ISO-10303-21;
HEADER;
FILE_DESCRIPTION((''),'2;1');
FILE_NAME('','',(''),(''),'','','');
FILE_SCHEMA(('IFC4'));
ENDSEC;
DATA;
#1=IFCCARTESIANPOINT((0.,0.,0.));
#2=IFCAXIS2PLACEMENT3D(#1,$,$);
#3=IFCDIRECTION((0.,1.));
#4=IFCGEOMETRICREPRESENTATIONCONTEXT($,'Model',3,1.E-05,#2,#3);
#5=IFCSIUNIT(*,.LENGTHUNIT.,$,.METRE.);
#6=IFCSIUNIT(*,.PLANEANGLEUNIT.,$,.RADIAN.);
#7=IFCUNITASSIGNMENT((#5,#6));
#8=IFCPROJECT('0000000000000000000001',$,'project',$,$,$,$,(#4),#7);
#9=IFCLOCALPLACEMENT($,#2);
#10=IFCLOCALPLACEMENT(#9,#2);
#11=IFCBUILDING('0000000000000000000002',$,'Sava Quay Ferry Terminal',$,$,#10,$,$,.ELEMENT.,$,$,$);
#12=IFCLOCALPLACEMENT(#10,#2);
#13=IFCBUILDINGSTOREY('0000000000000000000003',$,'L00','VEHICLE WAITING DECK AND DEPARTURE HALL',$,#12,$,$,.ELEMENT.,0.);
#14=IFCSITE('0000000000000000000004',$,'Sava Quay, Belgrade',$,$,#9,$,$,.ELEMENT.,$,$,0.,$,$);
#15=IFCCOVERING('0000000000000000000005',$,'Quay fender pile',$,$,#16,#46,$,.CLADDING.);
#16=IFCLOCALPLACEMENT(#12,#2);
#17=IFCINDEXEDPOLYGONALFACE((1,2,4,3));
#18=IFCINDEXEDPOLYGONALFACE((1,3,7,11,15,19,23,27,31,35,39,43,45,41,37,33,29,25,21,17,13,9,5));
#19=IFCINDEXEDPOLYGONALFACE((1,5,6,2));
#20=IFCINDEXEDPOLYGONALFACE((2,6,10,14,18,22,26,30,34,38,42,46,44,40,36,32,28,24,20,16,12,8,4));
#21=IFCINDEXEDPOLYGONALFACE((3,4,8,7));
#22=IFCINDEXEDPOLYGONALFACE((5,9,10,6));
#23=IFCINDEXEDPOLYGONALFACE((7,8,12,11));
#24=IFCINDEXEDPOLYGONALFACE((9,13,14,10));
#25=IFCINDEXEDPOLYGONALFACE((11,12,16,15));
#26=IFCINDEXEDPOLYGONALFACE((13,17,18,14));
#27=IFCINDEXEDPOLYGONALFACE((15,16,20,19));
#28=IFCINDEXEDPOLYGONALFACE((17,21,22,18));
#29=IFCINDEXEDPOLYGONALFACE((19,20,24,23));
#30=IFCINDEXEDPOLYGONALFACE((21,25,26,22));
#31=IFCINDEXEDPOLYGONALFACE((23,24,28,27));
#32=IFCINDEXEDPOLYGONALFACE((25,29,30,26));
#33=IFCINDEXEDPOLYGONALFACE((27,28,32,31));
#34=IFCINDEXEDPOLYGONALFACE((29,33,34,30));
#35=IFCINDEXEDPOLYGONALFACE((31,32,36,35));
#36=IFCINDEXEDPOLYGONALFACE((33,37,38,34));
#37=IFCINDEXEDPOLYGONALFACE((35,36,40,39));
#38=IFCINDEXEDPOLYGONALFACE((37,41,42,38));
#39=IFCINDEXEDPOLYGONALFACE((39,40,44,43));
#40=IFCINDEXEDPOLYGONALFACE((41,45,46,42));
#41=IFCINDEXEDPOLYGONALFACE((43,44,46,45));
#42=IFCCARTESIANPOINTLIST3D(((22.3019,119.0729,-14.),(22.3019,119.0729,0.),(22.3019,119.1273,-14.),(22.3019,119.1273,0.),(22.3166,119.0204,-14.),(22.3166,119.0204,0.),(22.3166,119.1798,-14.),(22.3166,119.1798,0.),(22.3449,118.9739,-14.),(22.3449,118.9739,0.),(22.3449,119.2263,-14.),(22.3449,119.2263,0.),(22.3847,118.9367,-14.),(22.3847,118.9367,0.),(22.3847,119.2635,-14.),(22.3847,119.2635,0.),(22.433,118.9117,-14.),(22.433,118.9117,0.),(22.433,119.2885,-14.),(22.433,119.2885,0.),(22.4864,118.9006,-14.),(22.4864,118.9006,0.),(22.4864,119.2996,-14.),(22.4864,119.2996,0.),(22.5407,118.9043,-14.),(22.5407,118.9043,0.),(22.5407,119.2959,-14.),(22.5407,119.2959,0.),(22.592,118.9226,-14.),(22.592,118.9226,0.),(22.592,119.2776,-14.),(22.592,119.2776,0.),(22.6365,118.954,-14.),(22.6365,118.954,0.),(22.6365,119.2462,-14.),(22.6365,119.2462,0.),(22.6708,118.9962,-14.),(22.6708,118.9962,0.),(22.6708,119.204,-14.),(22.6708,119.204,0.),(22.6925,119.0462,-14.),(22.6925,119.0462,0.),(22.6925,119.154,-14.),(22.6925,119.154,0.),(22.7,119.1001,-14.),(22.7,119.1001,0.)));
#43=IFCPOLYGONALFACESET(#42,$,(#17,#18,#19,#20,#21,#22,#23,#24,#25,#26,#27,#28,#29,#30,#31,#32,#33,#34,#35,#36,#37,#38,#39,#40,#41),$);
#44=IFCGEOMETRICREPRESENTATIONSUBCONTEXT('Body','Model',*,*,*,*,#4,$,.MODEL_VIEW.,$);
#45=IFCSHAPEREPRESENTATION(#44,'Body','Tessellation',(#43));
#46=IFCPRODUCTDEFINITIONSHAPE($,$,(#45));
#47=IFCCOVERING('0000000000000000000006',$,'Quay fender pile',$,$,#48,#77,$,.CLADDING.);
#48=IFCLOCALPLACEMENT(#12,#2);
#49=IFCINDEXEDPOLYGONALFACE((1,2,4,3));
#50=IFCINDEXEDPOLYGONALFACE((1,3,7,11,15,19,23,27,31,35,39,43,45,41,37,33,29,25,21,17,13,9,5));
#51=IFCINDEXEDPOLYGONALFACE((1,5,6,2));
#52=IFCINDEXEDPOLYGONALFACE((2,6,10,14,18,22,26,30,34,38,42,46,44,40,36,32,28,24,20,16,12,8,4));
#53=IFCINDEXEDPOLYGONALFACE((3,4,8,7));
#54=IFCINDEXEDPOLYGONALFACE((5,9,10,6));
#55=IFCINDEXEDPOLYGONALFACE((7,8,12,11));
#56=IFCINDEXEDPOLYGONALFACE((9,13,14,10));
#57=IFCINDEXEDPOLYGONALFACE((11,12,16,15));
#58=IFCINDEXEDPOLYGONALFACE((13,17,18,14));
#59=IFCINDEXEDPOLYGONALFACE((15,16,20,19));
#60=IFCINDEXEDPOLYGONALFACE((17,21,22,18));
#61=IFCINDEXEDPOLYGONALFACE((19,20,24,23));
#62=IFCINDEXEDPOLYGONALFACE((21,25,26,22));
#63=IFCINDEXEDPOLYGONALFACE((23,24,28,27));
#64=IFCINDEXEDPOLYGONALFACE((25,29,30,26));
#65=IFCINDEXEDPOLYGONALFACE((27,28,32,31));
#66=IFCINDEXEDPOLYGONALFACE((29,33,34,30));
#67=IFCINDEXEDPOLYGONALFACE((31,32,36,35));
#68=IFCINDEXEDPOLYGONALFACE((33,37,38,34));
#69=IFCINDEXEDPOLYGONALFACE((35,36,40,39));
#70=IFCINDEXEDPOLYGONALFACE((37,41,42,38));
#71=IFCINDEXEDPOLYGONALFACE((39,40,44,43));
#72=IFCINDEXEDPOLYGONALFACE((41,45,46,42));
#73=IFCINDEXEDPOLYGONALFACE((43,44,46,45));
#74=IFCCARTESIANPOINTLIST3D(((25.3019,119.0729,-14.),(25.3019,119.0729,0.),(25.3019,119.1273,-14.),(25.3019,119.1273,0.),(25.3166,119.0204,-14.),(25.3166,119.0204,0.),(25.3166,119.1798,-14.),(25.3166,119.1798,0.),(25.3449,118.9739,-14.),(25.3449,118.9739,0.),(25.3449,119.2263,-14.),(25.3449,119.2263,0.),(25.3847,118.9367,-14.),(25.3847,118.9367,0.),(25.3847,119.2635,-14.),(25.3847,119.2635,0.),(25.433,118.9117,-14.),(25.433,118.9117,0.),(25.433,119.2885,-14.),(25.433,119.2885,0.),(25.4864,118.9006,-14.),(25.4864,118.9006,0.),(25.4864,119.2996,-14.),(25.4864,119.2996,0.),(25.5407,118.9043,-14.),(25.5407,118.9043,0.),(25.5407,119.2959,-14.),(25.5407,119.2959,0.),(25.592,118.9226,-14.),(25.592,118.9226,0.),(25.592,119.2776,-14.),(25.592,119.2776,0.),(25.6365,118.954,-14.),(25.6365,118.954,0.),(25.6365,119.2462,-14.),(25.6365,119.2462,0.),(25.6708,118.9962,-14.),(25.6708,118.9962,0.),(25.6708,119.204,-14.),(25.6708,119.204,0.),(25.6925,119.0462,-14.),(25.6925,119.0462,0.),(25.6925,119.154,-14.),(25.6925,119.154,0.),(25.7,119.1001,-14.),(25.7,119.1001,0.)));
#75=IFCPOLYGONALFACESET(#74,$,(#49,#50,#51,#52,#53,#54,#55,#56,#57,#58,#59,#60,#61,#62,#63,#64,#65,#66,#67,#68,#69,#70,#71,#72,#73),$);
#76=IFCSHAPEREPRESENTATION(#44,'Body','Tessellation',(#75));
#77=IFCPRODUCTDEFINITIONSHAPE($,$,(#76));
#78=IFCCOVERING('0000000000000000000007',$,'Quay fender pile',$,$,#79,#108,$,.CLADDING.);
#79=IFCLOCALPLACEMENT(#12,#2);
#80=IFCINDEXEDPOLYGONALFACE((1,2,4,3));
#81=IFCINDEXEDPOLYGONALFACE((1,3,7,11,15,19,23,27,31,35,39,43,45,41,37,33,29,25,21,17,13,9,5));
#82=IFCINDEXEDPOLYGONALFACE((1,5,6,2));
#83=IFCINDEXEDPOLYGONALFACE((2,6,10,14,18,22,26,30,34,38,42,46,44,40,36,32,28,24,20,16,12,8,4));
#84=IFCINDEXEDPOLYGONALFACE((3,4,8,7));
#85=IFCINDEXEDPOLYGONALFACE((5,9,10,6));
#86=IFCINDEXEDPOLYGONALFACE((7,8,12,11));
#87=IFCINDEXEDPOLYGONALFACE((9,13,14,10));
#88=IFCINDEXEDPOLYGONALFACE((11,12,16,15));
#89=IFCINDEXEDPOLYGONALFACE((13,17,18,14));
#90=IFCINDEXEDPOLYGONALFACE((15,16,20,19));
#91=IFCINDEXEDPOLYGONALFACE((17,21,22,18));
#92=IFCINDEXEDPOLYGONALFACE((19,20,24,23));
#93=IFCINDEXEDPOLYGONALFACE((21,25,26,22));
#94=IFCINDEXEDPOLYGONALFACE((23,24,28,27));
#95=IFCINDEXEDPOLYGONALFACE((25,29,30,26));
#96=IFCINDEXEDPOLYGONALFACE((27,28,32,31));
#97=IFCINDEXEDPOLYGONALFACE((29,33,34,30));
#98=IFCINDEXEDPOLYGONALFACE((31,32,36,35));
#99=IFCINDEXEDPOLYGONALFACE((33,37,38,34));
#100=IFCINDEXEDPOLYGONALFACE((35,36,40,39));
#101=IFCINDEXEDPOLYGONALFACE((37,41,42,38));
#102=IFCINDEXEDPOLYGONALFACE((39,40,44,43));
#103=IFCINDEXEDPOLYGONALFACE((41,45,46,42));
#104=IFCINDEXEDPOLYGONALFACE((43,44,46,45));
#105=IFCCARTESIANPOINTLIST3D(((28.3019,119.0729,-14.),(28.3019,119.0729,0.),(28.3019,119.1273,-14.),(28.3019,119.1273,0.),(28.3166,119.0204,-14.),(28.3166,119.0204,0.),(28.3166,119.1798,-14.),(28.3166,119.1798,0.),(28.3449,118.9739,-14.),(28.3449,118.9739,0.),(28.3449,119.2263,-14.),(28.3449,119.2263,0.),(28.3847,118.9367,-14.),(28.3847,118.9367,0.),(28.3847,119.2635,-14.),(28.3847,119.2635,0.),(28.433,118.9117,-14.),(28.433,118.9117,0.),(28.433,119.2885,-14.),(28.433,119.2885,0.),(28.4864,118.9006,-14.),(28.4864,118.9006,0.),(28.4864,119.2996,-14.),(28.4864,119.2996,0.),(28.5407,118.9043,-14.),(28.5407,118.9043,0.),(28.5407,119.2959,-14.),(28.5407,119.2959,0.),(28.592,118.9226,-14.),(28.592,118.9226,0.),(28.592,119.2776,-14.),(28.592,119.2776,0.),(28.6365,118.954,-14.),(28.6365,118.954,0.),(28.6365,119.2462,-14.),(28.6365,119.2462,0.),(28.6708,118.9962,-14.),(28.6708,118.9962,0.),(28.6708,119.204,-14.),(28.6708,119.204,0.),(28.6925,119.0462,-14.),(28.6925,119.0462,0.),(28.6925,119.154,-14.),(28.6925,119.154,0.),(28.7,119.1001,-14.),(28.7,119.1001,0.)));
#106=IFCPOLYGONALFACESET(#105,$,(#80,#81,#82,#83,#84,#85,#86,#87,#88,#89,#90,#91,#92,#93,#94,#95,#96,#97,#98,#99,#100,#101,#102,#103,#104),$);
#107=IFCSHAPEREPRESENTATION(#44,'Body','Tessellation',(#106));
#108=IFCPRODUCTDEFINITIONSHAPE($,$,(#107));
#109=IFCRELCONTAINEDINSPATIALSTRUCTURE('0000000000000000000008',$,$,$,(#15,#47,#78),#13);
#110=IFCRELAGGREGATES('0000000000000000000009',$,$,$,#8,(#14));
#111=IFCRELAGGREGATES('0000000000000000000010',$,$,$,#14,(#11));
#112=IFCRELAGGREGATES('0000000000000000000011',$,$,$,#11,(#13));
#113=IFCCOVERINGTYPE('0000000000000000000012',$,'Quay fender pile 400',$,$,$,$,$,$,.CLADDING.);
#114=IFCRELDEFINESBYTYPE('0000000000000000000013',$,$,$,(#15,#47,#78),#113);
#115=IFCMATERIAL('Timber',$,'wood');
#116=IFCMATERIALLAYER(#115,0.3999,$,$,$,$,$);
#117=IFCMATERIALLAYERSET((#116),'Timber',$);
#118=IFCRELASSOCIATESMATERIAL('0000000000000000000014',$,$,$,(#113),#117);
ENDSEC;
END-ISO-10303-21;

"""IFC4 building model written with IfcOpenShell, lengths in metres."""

from ifc_helpers import new_model, si_unit, direction, frame, origin, origin_2d, place, context, subcontext, project, spatial, circle, extrude, material, layer, layer_set, type_object, element, save


model = new_model("IFC4")

# Units and contexts
model_context = context("Model", 3, precision=1e-05, world=origin(), true_north=direction((0.0, 1.0)))
body_context = subcontext(model_context, "Body", "Model", "MODEL_VIEW")
ifc_project = project(units=[si_unit("LENGTHUNIT", "METRE"), si_unit("PLANEANGLEUNIT", "RADIAN")], contexts=[model_context])

# Site, building, storey
site_placement = place(None, origin())
site = spatial("IfcSite", under=ifc_project, at=site_placement, Name="Sava Quay, Belgrade", CompositionType="ELEMENT", RefElevation=0.0)
building_placement = place(site_placement, origin())
building = spatial("IfcBuilding", under=site, at=building_placement, Name="Sava Quay Ferry Terminal", CompositionType="ELEMENT")
storey_placement = place(building_placement, origin())
storey = spatial("IfcBuildingStorey", under=building, at=storey_placement, Name="L00", Description="VEHICLE WAITING DECK AND DEPARTURE HALL", CompositionType="ELEMENT", Elevation=0.0)

# Coverings
ifc_material_1 = material(Name="Timber", Category="wood")
ifc_layer_1 = layer(ifc_material_1, 0.3999)
ifc_layer_set_1 = layer_set([ifc_layer_1], Name="Timber")
covering_type_1 = type_object("IfcCoveringType", Name="Quay fender pile 400", PredefinedType="CLADDING", material=ifc_layer_set_1)
for number, where, z_axis, x_axis, name in (
    (1, (22.5, 119.1001, 0.0), (0.0, 0.0, -1.0), (1.0, 0.0, 0.0), "Quay fender pile"),
    (2, (25.5, 119.1001, 0.0), (0.0, 0.0, -1.0), (1.0, 0.0, 0.0), "Quay fender pile"),
    (3, (28.5, 119.1001, 0.0), (0.0, 0.0, -1.0), (1.0, 0.0, 0.0), "Quay fender pile"),
):
    element("IfcCovering", number, at=place(storey_placement, frame(where, z_axis=z_axis, x_axis=x_axis)), inside=storey, type_object=covering_type_1, Name=name, PredefinedType="CLADDING", context=body_context, shape_type="SweptSolid", body=[
        extrude(circle(Radius=0.2, at=origin_2d()), origin(), (0.0, 0.0, 1.0), 14.0),
    ])

save(model, "model.ifc")
